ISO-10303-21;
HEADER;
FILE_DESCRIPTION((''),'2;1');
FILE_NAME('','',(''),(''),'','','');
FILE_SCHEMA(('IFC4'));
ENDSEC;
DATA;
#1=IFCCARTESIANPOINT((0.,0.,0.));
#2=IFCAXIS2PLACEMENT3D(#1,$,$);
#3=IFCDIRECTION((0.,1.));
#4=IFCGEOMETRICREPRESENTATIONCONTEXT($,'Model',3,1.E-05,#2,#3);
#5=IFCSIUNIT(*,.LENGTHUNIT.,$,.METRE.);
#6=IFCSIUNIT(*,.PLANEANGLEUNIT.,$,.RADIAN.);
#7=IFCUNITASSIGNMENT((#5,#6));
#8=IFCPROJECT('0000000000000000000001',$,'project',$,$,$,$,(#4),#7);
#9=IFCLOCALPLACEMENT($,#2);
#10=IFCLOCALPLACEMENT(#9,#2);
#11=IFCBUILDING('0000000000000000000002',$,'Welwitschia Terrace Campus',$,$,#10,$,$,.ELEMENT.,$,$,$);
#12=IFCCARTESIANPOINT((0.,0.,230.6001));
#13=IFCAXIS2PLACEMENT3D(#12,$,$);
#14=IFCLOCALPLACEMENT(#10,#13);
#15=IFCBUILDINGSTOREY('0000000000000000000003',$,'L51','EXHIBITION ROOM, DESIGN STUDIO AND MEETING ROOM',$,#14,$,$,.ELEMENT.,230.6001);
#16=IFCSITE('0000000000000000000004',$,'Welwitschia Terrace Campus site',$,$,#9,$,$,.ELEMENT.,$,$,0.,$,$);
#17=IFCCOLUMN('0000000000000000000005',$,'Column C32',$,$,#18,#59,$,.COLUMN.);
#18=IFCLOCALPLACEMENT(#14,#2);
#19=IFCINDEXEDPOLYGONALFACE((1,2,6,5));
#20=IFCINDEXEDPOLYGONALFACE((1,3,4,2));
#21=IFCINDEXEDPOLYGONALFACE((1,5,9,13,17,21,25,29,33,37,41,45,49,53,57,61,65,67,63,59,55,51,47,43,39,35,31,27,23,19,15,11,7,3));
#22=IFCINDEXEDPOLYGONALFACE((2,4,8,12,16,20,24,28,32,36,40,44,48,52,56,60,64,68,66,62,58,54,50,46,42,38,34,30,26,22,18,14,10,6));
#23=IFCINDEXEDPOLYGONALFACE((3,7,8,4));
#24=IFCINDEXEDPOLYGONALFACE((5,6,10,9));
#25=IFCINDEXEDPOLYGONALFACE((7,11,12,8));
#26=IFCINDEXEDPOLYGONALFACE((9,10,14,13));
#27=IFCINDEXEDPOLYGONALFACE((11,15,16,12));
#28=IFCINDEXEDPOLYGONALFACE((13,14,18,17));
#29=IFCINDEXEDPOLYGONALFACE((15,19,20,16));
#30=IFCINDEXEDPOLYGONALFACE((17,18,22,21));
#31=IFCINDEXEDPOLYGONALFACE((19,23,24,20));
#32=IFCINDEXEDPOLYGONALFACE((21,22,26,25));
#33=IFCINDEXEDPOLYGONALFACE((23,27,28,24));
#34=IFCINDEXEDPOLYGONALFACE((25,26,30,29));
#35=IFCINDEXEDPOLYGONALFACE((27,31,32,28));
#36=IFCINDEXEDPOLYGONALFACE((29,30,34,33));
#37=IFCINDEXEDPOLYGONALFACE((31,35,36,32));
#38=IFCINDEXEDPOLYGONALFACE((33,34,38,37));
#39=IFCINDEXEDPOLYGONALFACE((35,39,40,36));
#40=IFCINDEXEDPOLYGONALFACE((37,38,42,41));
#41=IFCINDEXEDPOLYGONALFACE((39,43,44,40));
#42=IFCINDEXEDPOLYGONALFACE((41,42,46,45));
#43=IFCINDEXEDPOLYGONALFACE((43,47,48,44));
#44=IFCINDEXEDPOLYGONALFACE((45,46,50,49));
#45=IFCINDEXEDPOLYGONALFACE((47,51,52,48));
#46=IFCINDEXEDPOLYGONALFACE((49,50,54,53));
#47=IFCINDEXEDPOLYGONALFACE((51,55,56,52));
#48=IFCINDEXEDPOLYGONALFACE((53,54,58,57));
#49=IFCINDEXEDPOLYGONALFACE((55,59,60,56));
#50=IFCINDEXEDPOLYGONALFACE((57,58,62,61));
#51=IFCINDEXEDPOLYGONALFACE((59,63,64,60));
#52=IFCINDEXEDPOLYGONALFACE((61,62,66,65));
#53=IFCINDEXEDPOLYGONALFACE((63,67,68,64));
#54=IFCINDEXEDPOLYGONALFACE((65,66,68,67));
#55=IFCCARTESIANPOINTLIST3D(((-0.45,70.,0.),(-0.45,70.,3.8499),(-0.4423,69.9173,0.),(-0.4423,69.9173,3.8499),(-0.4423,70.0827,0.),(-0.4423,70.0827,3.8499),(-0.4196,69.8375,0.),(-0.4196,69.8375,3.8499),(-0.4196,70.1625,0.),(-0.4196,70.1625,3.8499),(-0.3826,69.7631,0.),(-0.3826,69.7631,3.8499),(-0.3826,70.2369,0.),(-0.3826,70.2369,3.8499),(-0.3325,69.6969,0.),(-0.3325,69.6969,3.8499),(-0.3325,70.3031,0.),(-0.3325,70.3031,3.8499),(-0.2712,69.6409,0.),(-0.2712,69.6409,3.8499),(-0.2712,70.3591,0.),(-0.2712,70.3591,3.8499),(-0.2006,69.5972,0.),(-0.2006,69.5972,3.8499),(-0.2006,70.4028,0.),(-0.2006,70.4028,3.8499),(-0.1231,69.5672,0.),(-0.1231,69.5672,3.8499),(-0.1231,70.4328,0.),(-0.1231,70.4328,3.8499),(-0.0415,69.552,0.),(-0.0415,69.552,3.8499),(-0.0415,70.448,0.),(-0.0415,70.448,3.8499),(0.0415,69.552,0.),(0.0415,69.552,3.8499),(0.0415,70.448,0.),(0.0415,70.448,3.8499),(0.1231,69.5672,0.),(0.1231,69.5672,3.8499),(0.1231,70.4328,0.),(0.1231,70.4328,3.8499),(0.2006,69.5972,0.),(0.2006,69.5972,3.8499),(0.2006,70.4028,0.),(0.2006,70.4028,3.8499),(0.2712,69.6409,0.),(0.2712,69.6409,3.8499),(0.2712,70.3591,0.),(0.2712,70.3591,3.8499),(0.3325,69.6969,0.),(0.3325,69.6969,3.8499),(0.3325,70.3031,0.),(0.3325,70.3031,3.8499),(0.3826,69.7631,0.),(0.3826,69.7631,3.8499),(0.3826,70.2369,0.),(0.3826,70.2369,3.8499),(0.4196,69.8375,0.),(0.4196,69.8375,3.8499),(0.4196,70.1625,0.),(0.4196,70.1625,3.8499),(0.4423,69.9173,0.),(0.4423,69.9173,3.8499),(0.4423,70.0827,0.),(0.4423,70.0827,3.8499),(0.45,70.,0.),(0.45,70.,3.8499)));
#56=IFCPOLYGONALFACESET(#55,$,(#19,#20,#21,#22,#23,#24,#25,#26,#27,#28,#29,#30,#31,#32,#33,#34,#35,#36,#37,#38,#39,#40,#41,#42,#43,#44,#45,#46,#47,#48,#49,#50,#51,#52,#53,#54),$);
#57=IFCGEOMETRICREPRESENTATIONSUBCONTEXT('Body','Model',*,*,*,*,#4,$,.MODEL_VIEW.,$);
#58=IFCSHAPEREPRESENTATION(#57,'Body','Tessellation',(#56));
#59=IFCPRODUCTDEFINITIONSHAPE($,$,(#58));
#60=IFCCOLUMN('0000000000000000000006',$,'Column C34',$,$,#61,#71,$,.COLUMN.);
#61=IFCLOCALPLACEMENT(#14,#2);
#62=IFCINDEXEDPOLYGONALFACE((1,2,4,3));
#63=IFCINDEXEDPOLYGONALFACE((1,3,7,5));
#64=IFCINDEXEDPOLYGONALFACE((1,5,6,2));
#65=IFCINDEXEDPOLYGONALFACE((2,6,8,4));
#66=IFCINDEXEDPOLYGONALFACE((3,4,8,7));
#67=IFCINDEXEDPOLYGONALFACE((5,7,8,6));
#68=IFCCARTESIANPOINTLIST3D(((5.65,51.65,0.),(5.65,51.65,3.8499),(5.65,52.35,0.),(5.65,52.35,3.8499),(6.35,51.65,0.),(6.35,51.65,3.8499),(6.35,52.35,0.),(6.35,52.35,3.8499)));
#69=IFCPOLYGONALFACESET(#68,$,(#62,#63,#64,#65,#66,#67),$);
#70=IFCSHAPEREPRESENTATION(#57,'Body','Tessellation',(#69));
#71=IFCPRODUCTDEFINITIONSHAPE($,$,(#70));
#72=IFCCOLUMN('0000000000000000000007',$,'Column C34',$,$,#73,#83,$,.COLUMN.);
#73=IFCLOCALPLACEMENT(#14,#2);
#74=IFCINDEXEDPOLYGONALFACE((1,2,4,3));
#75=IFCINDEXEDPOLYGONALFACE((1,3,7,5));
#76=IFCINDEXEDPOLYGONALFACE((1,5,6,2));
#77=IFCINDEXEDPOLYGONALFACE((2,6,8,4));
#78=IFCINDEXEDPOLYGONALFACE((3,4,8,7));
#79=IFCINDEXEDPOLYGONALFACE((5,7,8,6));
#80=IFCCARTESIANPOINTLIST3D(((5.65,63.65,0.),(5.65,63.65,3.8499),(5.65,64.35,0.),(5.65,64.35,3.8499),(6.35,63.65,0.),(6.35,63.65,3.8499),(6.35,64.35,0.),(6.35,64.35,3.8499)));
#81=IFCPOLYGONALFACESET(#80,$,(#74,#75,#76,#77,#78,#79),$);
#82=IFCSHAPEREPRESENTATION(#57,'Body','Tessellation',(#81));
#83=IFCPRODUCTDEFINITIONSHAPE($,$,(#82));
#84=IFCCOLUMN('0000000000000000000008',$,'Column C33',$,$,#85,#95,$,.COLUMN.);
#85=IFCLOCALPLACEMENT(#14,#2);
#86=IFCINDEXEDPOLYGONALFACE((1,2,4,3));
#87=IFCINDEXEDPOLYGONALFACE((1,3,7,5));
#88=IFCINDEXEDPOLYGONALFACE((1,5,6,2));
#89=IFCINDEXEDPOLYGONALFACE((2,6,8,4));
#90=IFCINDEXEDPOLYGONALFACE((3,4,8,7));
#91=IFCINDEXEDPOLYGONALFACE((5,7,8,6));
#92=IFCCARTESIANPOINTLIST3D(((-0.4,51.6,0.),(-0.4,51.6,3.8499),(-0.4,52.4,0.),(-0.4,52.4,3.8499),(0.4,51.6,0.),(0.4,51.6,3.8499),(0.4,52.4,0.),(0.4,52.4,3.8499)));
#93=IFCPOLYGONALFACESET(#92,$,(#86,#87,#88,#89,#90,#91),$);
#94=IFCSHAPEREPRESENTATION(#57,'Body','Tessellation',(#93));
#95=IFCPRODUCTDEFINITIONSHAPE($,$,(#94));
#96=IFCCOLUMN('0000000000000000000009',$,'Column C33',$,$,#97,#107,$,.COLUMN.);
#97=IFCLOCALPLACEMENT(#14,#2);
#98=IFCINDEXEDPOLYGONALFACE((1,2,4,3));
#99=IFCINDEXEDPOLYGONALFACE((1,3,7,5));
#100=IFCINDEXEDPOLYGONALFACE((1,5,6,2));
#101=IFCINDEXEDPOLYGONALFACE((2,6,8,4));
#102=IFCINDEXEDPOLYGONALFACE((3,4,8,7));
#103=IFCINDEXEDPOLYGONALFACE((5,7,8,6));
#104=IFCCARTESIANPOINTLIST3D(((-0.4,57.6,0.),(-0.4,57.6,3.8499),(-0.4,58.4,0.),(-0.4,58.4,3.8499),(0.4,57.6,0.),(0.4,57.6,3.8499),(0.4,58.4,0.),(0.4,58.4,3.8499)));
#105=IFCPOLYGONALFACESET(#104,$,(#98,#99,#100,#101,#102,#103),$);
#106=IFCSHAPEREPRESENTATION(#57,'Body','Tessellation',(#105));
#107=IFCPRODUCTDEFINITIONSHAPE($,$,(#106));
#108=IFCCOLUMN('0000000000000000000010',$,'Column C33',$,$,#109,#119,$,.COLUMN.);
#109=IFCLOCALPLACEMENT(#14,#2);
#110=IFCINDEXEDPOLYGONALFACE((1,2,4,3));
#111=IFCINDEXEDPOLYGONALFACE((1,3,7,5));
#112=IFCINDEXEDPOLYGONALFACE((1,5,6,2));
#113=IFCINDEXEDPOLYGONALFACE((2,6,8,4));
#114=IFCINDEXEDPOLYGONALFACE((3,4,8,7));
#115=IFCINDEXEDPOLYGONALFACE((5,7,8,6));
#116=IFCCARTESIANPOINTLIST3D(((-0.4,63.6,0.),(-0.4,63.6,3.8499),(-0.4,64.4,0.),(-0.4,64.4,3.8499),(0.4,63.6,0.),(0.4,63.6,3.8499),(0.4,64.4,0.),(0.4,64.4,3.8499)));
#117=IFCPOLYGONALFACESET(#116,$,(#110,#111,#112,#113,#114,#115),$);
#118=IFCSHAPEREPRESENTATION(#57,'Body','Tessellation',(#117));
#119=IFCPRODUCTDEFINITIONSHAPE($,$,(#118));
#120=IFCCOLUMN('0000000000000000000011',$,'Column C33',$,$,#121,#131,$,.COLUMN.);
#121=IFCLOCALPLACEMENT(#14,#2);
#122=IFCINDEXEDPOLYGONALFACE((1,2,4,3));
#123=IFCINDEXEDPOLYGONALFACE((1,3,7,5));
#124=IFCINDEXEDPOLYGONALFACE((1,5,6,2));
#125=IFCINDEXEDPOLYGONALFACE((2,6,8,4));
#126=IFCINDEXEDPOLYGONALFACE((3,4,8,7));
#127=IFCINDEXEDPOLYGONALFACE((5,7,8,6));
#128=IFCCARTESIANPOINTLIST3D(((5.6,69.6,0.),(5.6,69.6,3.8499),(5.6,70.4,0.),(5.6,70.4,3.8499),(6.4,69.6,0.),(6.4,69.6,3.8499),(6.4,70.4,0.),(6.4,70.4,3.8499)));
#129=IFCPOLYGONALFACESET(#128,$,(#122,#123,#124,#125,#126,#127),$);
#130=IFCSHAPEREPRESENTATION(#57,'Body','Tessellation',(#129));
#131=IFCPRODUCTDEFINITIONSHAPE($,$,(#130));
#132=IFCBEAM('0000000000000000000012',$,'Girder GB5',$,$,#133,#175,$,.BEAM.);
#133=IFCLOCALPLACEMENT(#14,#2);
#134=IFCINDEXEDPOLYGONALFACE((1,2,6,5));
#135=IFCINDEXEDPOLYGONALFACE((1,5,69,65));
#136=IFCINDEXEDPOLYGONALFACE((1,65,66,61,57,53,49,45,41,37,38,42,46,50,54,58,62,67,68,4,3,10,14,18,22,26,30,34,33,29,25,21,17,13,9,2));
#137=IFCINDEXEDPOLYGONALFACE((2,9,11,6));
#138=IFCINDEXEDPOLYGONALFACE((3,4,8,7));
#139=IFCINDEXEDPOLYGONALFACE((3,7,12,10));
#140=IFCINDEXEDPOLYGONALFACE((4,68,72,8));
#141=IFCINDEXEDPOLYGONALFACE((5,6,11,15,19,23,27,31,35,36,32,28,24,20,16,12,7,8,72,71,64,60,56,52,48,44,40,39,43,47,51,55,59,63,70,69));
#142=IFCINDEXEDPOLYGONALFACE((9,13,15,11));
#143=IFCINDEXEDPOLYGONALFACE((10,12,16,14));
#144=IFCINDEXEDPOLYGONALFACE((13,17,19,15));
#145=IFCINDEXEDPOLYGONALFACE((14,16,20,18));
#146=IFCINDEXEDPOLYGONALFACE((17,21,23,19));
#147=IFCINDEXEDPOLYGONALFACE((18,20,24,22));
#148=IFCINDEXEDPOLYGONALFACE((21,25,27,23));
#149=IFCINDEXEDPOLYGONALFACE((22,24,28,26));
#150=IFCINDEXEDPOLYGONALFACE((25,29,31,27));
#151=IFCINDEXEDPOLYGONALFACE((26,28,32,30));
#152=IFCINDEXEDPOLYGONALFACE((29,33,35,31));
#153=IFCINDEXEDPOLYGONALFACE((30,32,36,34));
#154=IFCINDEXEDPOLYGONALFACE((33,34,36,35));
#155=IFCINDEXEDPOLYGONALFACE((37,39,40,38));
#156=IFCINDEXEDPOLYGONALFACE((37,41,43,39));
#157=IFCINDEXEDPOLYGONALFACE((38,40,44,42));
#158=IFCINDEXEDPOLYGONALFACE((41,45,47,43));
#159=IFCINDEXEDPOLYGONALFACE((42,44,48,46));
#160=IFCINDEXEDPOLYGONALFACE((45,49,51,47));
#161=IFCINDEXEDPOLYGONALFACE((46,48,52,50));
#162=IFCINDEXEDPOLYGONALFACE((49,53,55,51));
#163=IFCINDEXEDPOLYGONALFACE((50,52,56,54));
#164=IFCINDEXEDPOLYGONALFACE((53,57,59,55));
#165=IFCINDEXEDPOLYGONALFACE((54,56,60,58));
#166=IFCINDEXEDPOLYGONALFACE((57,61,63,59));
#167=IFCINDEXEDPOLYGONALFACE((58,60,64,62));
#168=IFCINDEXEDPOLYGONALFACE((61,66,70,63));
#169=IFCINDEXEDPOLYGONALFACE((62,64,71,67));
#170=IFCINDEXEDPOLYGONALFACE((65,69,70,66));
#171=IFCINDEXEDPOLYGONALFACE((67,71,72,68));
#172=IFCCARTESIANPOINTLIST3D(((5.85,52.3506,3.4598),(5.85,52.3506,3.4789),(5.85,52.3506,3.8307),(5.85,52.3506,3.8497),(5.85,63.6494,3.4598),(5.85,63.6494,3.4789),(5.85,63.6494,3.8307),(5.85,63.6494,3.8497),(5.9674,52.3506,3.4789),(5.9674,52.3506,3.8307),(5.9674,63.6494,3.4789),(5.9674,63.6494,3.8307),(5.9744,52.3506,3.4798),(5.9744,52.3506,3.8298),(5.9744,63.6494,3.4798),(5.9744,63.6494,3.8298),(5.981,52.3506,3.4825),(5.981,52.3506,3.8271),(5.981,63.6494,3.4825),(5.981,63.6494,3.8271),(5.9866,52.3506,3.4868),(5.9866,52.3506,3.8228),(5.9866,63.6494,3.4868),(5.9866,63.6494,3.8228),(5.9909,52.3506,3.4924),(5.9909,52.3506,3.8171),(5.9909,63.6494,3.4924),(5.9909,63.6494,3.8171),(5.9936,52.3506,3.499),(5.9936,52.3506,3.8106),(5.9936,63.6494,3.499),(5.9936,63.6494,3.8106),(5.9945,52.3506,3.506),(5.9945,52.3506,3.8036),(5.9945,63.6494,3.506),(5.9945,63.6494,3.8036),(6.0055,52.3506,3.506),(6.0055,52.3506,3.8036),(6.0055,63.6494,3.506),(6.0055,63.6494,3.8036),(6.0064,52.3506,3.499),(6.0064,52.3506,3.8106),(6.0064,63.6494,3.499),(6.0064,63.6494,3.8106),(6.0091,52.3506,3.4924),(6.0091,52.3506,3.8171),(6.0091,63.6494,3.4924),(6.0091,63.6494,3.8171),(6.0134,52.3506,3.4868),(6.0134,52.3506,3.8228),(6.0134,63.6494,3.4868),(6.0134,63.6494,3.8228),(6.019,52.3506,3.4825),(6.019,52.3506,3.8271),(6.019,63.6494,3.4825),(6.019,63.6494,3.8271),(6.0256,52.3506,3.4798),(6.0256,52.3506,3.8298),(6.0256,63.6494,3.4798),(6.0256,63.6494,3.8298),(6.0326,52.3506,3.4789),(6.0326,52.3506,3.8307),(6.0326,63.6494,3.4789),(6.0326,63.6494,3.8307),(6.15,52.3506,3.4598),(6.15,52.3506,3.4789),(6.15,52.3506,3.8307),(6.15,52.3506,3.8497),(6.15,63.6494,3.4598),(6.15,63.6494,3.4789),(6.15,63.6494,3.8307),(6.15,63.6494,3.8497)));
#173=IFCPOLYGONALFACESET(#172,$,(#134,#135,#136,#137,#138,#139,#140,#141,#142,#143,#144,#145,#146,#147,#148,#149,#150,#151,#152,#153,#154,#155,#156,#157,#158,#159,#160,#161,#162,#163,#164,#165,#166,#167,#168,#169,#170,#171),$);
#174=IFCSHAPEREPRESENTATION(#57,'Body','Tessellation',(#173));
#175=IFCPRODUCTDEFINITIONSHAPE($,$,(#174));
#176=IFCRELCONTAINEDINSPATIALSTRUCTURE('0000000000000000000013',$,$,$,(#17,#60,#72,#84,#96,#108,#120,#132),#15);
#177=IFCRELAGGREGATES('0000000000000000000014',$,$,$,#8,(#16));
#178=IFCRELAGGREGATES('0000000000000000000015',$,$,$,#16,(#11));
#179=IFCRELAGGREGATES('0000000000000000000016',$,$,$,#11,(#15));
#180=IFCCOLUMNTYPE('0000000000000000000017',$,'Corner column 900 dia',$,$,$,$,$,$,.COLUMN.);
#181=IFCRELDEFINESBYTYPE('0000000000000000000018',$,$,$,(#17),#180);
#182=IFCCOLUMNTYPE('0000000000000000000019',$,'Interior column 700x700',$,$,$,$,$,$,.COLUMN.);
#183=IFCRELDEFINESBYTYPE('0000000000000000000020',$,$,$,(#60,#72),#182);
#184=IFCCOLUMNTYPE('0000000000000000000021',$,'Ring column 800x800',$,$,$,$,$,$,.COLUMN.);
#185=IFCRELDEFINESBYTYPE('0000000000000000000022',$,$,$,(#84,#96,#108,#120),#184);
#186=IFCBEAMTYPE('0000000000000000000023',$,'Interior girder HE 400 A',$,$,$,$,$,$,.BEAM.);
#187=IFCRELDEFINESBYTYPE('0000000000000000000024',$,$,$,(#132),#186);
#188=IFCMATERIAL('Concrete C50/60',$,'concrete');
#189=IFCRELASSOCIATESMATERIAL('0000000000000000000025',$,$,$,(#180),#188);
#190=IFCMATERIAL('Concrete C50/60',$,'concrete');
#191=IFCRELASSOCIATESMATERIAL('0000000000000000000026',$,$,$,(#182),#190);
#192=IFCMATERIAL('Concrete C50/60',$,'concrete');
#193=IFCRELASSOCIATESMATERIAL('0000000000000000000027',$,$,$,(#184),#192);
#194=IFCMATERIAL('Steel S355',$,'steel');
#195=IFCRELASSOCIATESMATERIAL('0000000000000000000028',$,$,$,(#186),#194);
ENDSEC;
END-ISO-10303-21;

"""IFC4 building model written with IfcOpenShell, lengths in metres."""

from ifc_helpers import new_model, si_unit, direction, frame, origin, origin_2d, place, context, subcontext, project, spatial, rectangle, circle, i_section, extrude, material, material_profile, profile_set, type_object, element, save


model = new_model("IFC4")

# Units and contexts
model_context = context("Model", 3, precision=1e-05, world=origin(), true_north=direction((0.0, 1.0)))
body_context = subcontext(model_context, "Body", "Model", "MODEL_VIEW")
ifc_project = project(units=[si_unit("LENGTHUNIT", "METRE"), si_unit("PLANEANGLEUNIT", "RADIAN")], contexts=[model_context])

# Site, building, storey
site_placement = place(None, origin())
site = spatial("IfcSite", under=ifc_project, at=site_placement, Name="Welwitschia Terrace Campus site", CompositionType="ELEMENT", RefElevation=0.0)
building_placement = place(site_placement, origin())
building = spatial("IfcBuilding", under=site, at=building_placement, Name="Welwitschia Terrace Campus", CompositionType="ELEMENT")
storey_placement = place(building_placement, frame((0.0, 0.0, 230.6001)))
storey = spatial("IfcBuildingStorey", under=building, at=storey_placement, Name="L51", Description="EXHIBITION ROOM, DESIGN STUDIO AND MEETING ROOM", CompositionType="ELEMENT", Elevation=230.6001)

# Columns
ifc_material_1 = material(Name="Concrete C50/60", Category="concrete")
ifc_material_profile_1 = material_profile(ifc_material_1, circle(Radius=0.45, at=origin_2d()))
ifc_profile_set_1 = profile_set([ifc_material_profile_1], Name="Concrete C50/60")
column_type_1 = type_object("IfcColumnType", Name="Corner column 900 dia", PredefinedType="COLUMN", material=ifc_profile_set_1)
column_placement = place(storey_placement, frame((0.0, 70.0, 0.0), z_axis=(0.0, 0.0, 1.0), x_axis=(1.0, 0.0, 0.0)))
element("IfcColumn", 1, at=column_placement, inside=storey, type_object=column_type_1, Name="Column C32", PredefinedType="COLUMN", context=body_context, shape_type="SweptSolid", body=[
    extrude(circle(Radius=0.45, at=origin_2d()), origin(), (0.0, 0.0, 1.0), 3.8499),
])
ifc_material_2 = material(Name="Concrete C50/60", Category="concrete")
ifc_material_profile_2 = material_profile(ifc_material_2, rectangle(XDim=0.7, YDim=0.7, at=origin_2d()))
ifc_profile_set_2 = profile_set([ifc_material_profile_2], Name="Concrete C50/60")
column_type_2 = type_object("IfcColumnType", Name="Interior column 700x700", PredefinedType="COLUMN", material=ifc_profile_set_2)
for number, where, z_axis, x_axis, name in (
    (2, (6.0, 52.0, 0.0), (0.0, 0.0, 1.0), (1.0, 0.0, 0.0), "Column C34"),
    (3, (6.0, 64.0, 0.0), (0.0, 0.0, 1.0), (1.0, 0.0, 0.0), "Column C34"),
):
    element("IfcColumn", number, at=place(storey_placement, frame(where, z_axis=z_axis, x_axis=x_axis)), inside=storey, type_object=column_type_2, Name=name, PredefinedType="COLUMN", context=body_context, shape_type="SweptSolid", body=[
        extrude(rectangle(XDim=0.7, YDim=0.7, at=origin_2d()), origin(), (0.0, 0.0, 1.0), 3.8499),
    ])
ifc_material_3 = material(Name="Concrete C50/60", Category="concrete")
ifc_material_profile_3 = material_profile(ifc_material_3, rectangle(XDim=0.8, YDim=0.8, at=origin_2d()))
ifc_profile_set_3 = profile_set([ifc_material_profile_3], Name="Concrete C50/60")
column_type_3 = type_object("IfcColumnType", Name="Ring column 800x800", PredefinedType="COLUMN", material=ifc_profile_set_3)
for number, where, z_axis, x_axis, name in (
    (4, (0.0, 52.0, 0.0), (0.0, 0.0, 1.0), (1.0, 0.0, 0.0), "Column C33"),
    (5, (0.0, 58.0, 0.0), (0.0, 0.0, 1.0), (1.0, 0.0, 0.0), "Column C33"),
    (6, (0.0, 64.0, 0.0), (0.0, 0.0, 1.0), (1.0, 0.0, 0.0), "Column C33"),
    (7, (6.0, 70.0, 0.0), (0.0, 0.0, 1.0), (1.0, 0.0, 0.0), "Column C33"),
):
    element("IfcColumn", number, at=place(storey_placement, frame(where, z_axis=z_axis, x_axis=x_axis)), inside=storey, type_object=column_type_3, Name=name, PredefinedType="COLUMN", context=body_context, shape_type="SweptSolid", body=[
        extrude(rectangle(XDim=0.8, YDim=0.8, at=origin_2d()), origin(), (0.0, 0.0, 1.0), 3.8499),
    ])

# Beam
ifc_material_4 = material(Name="Steel S355", Category="steel")
ifc_material_profile_4 = material_profile(ifc_material_4, i_section(OverallWidth=0.3, OverallDepth=0.3899, WebThickness=0.011, FlangeThickness=0.019, FilletRadius=0.0271, at=origin_2d()))
ifc_profile_set_4 = profile_set([ifc_material_profile_4], Name="Steel S355")
beam_type_1 = type_object("IfcBeamType", Name="Interior girder HE 400 A", PredefinedType="BEAM", material=ifc_profile_set_4)
beam_1_placement = place(storey_placement, frame((6.0, 52.3506, 3.6548), z_axis=(0.0, 1.0, 0.0), x_axis=(-1.0, 0.0, 0.0)))
element("IfcBeam", 8, at=beam_1_placement, inside=storey, type_object=beam_type_1, Name="Girder GB5", PredefinedType="BEAM", context=body_context, shape_type="SweptSolid", body=[
    extrude(i_section(OverallWidth=0.3, OverallDepth=0.3899, WebThickness=0.011, FlangeThickness=0.019, FilletRadius=0.0271, at=origin_2d()), origin(), (0.0, 0.0, 1.0), 11.2988),
])

save(model, "model.ifc")
